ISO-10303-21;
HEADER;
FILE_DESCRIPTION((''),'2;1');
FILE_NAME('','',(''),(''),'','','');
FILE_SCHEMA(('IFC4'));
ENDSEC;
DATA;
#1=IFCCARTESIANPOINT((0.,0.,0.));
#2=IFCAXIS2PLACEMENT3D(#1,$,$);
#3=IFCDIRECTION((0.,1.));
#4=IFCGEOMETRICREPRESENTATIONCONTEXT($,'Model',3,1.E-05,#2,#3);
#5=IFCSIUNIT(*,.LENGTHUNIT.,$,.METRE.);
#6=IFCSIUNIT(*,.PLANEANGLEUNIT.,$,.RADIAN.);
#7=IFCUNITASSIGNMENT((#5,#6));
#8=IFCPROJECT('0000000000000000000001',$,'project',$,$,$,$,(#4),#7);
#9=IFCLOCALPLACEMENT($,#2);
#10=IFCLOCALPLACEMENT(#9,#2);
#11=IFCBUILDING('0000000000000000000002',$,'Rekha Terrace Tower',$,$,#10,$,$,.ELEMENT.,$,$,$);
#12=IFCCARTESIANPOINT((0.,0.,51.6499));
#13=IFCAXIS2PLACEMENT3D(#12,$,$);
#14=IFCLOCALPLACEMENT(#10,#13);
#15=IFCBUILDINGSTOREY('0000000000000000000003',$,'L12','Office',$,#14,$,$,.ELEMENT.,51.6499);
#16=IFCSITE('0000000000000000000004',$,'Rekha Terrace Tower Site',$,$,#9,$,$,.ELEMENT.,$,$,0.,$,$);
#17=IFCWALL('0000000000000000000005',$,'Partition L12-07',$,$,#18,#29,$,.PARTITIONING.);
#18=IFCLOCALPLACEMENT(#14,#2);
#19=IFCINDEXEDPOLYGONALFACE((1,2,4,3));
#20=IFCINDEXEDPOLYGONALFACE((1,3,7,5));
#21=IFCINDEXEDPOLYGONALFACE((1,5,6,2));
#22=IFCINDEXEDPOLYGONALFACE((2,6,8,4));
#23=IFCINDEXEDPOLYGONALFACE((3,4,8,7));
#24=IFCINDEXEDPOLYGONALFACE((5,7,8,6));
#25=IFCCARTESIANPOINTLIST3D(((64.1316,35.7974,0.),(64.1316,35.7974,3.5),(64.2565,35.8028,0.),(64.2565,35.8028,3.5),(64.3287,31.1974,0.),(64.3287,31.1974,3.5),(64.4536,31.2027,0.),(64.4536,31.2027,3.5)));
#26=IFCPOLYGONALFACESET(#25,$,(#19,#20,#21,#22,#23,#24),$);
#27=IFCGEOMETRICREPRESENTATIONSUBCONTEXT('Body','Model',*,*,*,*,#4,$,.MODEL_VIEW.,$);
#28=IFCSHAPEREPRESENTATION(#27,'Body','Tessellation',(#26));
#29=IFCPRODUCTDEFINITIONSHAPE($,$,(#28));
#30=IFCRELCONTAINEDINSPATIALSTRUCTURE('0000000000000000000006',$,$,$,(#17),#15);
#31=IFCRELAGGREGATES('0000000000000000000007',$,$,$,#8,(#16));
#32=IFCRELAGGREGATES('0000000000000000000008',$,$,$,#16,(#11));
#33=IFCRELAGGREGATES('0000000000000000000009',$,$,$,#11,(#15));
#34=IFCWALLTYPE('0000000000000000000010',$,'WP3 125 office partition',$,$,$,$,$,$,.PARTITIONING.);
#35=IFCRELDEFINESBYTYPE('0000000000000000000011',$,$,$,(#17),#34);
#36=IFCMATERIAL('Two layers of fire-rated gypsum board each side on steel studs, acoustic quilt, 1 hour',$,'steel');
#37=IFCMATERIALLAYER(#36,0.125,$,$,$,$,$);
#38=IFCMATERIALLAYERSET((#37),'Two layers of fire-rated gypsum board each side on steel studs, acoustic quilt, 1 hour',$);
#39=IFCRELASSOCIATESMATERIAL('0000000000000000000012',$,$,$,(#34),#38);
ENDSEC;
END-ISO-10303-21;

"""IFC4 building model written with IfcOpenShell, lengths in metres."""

from ifc_helpers import new_model, si_unit, direction, frame, frame_2d, origin, place, context, subcontext, project, spatial, rectangle, extrude, material, layer, layer_set, type_object, element, save


model = new_model("IFC4")

# Units and contexts
model_context = context("Model", 3, precision=1e-05, world=origin(), true_north=direction((0.0, 1.0)))
body_context = subcontext(model_context, "Body", "Model", "MODEL_VIEW")
ifc_project = project(units=[si_unit("LENGTHUNIT", "METRE"), si_unit("PLANEANGLEUNIT", "RADIAN")], contexts=[model_context])

# Site, building, storey
site_placement = place(None, origin())
site = spatial("IfcSite", under=ifc_project, at=site_placement, Name="Rekha Terrace Tower Site", CompositionType="ELEMENT", RefElevation=0.0)
building_placement = place(site_placement, origin())
building = spatial("IfcBuilding", under=site, at=building_placement, Name="Rekha Terrace Tower", CompositionType="ELEMENT")
storey_placement = place(building_placement, frame((0.0, 0.0, 51.6499)))
storey = spatial("IfcBuildingStorey", under=building, at=storey_placement, Name="L12", Description="Office", CompositionType="ELEMENT", Elevation=51.6499)

# Shared definitions
ifc_material_1 = material(Name="Two layers of fire-rated gypsum board each side on steel studs, acoustic quilt, 1 hour", Category="steel")
ifc_layer_1 = layer(ifc_material_1, 0.125)
ifc_layer_set_1 = layer_set([ifc_layer_1], Name="Two layers of fire-rated gypsum board each side on steel studs, acoustic quilt, 1 hour")
wall_type_1 = type_object("IfcWallType", Name="WP3 125 office partition", PredefinedType="PARTITIONING", material=ifc_layer_set_1)

# Wall
wall_1_placement = place(storey_placement, frame((64.3911, 31.2, 0.0), z_axis=(0.0, 0.0, 1.0), x_axis=(-0.042791, 0.999084, 0.0)))
element("IfcWall", 1, at=wall_1_placement, inside=storey, type_object=wall_type_1, Name="Partition L12-07", PredefinedType="PARTITIONING", context=body_context, shape_type="SweptSolid", body=[
    extrude(rectangle(XDim=4.6042, YDim=0.125, at=frame_2d((2.3022, 0.0))), origin(), (0.0, 0.0, 1.0), 3.5),
])

save(model, "model.ifc")
